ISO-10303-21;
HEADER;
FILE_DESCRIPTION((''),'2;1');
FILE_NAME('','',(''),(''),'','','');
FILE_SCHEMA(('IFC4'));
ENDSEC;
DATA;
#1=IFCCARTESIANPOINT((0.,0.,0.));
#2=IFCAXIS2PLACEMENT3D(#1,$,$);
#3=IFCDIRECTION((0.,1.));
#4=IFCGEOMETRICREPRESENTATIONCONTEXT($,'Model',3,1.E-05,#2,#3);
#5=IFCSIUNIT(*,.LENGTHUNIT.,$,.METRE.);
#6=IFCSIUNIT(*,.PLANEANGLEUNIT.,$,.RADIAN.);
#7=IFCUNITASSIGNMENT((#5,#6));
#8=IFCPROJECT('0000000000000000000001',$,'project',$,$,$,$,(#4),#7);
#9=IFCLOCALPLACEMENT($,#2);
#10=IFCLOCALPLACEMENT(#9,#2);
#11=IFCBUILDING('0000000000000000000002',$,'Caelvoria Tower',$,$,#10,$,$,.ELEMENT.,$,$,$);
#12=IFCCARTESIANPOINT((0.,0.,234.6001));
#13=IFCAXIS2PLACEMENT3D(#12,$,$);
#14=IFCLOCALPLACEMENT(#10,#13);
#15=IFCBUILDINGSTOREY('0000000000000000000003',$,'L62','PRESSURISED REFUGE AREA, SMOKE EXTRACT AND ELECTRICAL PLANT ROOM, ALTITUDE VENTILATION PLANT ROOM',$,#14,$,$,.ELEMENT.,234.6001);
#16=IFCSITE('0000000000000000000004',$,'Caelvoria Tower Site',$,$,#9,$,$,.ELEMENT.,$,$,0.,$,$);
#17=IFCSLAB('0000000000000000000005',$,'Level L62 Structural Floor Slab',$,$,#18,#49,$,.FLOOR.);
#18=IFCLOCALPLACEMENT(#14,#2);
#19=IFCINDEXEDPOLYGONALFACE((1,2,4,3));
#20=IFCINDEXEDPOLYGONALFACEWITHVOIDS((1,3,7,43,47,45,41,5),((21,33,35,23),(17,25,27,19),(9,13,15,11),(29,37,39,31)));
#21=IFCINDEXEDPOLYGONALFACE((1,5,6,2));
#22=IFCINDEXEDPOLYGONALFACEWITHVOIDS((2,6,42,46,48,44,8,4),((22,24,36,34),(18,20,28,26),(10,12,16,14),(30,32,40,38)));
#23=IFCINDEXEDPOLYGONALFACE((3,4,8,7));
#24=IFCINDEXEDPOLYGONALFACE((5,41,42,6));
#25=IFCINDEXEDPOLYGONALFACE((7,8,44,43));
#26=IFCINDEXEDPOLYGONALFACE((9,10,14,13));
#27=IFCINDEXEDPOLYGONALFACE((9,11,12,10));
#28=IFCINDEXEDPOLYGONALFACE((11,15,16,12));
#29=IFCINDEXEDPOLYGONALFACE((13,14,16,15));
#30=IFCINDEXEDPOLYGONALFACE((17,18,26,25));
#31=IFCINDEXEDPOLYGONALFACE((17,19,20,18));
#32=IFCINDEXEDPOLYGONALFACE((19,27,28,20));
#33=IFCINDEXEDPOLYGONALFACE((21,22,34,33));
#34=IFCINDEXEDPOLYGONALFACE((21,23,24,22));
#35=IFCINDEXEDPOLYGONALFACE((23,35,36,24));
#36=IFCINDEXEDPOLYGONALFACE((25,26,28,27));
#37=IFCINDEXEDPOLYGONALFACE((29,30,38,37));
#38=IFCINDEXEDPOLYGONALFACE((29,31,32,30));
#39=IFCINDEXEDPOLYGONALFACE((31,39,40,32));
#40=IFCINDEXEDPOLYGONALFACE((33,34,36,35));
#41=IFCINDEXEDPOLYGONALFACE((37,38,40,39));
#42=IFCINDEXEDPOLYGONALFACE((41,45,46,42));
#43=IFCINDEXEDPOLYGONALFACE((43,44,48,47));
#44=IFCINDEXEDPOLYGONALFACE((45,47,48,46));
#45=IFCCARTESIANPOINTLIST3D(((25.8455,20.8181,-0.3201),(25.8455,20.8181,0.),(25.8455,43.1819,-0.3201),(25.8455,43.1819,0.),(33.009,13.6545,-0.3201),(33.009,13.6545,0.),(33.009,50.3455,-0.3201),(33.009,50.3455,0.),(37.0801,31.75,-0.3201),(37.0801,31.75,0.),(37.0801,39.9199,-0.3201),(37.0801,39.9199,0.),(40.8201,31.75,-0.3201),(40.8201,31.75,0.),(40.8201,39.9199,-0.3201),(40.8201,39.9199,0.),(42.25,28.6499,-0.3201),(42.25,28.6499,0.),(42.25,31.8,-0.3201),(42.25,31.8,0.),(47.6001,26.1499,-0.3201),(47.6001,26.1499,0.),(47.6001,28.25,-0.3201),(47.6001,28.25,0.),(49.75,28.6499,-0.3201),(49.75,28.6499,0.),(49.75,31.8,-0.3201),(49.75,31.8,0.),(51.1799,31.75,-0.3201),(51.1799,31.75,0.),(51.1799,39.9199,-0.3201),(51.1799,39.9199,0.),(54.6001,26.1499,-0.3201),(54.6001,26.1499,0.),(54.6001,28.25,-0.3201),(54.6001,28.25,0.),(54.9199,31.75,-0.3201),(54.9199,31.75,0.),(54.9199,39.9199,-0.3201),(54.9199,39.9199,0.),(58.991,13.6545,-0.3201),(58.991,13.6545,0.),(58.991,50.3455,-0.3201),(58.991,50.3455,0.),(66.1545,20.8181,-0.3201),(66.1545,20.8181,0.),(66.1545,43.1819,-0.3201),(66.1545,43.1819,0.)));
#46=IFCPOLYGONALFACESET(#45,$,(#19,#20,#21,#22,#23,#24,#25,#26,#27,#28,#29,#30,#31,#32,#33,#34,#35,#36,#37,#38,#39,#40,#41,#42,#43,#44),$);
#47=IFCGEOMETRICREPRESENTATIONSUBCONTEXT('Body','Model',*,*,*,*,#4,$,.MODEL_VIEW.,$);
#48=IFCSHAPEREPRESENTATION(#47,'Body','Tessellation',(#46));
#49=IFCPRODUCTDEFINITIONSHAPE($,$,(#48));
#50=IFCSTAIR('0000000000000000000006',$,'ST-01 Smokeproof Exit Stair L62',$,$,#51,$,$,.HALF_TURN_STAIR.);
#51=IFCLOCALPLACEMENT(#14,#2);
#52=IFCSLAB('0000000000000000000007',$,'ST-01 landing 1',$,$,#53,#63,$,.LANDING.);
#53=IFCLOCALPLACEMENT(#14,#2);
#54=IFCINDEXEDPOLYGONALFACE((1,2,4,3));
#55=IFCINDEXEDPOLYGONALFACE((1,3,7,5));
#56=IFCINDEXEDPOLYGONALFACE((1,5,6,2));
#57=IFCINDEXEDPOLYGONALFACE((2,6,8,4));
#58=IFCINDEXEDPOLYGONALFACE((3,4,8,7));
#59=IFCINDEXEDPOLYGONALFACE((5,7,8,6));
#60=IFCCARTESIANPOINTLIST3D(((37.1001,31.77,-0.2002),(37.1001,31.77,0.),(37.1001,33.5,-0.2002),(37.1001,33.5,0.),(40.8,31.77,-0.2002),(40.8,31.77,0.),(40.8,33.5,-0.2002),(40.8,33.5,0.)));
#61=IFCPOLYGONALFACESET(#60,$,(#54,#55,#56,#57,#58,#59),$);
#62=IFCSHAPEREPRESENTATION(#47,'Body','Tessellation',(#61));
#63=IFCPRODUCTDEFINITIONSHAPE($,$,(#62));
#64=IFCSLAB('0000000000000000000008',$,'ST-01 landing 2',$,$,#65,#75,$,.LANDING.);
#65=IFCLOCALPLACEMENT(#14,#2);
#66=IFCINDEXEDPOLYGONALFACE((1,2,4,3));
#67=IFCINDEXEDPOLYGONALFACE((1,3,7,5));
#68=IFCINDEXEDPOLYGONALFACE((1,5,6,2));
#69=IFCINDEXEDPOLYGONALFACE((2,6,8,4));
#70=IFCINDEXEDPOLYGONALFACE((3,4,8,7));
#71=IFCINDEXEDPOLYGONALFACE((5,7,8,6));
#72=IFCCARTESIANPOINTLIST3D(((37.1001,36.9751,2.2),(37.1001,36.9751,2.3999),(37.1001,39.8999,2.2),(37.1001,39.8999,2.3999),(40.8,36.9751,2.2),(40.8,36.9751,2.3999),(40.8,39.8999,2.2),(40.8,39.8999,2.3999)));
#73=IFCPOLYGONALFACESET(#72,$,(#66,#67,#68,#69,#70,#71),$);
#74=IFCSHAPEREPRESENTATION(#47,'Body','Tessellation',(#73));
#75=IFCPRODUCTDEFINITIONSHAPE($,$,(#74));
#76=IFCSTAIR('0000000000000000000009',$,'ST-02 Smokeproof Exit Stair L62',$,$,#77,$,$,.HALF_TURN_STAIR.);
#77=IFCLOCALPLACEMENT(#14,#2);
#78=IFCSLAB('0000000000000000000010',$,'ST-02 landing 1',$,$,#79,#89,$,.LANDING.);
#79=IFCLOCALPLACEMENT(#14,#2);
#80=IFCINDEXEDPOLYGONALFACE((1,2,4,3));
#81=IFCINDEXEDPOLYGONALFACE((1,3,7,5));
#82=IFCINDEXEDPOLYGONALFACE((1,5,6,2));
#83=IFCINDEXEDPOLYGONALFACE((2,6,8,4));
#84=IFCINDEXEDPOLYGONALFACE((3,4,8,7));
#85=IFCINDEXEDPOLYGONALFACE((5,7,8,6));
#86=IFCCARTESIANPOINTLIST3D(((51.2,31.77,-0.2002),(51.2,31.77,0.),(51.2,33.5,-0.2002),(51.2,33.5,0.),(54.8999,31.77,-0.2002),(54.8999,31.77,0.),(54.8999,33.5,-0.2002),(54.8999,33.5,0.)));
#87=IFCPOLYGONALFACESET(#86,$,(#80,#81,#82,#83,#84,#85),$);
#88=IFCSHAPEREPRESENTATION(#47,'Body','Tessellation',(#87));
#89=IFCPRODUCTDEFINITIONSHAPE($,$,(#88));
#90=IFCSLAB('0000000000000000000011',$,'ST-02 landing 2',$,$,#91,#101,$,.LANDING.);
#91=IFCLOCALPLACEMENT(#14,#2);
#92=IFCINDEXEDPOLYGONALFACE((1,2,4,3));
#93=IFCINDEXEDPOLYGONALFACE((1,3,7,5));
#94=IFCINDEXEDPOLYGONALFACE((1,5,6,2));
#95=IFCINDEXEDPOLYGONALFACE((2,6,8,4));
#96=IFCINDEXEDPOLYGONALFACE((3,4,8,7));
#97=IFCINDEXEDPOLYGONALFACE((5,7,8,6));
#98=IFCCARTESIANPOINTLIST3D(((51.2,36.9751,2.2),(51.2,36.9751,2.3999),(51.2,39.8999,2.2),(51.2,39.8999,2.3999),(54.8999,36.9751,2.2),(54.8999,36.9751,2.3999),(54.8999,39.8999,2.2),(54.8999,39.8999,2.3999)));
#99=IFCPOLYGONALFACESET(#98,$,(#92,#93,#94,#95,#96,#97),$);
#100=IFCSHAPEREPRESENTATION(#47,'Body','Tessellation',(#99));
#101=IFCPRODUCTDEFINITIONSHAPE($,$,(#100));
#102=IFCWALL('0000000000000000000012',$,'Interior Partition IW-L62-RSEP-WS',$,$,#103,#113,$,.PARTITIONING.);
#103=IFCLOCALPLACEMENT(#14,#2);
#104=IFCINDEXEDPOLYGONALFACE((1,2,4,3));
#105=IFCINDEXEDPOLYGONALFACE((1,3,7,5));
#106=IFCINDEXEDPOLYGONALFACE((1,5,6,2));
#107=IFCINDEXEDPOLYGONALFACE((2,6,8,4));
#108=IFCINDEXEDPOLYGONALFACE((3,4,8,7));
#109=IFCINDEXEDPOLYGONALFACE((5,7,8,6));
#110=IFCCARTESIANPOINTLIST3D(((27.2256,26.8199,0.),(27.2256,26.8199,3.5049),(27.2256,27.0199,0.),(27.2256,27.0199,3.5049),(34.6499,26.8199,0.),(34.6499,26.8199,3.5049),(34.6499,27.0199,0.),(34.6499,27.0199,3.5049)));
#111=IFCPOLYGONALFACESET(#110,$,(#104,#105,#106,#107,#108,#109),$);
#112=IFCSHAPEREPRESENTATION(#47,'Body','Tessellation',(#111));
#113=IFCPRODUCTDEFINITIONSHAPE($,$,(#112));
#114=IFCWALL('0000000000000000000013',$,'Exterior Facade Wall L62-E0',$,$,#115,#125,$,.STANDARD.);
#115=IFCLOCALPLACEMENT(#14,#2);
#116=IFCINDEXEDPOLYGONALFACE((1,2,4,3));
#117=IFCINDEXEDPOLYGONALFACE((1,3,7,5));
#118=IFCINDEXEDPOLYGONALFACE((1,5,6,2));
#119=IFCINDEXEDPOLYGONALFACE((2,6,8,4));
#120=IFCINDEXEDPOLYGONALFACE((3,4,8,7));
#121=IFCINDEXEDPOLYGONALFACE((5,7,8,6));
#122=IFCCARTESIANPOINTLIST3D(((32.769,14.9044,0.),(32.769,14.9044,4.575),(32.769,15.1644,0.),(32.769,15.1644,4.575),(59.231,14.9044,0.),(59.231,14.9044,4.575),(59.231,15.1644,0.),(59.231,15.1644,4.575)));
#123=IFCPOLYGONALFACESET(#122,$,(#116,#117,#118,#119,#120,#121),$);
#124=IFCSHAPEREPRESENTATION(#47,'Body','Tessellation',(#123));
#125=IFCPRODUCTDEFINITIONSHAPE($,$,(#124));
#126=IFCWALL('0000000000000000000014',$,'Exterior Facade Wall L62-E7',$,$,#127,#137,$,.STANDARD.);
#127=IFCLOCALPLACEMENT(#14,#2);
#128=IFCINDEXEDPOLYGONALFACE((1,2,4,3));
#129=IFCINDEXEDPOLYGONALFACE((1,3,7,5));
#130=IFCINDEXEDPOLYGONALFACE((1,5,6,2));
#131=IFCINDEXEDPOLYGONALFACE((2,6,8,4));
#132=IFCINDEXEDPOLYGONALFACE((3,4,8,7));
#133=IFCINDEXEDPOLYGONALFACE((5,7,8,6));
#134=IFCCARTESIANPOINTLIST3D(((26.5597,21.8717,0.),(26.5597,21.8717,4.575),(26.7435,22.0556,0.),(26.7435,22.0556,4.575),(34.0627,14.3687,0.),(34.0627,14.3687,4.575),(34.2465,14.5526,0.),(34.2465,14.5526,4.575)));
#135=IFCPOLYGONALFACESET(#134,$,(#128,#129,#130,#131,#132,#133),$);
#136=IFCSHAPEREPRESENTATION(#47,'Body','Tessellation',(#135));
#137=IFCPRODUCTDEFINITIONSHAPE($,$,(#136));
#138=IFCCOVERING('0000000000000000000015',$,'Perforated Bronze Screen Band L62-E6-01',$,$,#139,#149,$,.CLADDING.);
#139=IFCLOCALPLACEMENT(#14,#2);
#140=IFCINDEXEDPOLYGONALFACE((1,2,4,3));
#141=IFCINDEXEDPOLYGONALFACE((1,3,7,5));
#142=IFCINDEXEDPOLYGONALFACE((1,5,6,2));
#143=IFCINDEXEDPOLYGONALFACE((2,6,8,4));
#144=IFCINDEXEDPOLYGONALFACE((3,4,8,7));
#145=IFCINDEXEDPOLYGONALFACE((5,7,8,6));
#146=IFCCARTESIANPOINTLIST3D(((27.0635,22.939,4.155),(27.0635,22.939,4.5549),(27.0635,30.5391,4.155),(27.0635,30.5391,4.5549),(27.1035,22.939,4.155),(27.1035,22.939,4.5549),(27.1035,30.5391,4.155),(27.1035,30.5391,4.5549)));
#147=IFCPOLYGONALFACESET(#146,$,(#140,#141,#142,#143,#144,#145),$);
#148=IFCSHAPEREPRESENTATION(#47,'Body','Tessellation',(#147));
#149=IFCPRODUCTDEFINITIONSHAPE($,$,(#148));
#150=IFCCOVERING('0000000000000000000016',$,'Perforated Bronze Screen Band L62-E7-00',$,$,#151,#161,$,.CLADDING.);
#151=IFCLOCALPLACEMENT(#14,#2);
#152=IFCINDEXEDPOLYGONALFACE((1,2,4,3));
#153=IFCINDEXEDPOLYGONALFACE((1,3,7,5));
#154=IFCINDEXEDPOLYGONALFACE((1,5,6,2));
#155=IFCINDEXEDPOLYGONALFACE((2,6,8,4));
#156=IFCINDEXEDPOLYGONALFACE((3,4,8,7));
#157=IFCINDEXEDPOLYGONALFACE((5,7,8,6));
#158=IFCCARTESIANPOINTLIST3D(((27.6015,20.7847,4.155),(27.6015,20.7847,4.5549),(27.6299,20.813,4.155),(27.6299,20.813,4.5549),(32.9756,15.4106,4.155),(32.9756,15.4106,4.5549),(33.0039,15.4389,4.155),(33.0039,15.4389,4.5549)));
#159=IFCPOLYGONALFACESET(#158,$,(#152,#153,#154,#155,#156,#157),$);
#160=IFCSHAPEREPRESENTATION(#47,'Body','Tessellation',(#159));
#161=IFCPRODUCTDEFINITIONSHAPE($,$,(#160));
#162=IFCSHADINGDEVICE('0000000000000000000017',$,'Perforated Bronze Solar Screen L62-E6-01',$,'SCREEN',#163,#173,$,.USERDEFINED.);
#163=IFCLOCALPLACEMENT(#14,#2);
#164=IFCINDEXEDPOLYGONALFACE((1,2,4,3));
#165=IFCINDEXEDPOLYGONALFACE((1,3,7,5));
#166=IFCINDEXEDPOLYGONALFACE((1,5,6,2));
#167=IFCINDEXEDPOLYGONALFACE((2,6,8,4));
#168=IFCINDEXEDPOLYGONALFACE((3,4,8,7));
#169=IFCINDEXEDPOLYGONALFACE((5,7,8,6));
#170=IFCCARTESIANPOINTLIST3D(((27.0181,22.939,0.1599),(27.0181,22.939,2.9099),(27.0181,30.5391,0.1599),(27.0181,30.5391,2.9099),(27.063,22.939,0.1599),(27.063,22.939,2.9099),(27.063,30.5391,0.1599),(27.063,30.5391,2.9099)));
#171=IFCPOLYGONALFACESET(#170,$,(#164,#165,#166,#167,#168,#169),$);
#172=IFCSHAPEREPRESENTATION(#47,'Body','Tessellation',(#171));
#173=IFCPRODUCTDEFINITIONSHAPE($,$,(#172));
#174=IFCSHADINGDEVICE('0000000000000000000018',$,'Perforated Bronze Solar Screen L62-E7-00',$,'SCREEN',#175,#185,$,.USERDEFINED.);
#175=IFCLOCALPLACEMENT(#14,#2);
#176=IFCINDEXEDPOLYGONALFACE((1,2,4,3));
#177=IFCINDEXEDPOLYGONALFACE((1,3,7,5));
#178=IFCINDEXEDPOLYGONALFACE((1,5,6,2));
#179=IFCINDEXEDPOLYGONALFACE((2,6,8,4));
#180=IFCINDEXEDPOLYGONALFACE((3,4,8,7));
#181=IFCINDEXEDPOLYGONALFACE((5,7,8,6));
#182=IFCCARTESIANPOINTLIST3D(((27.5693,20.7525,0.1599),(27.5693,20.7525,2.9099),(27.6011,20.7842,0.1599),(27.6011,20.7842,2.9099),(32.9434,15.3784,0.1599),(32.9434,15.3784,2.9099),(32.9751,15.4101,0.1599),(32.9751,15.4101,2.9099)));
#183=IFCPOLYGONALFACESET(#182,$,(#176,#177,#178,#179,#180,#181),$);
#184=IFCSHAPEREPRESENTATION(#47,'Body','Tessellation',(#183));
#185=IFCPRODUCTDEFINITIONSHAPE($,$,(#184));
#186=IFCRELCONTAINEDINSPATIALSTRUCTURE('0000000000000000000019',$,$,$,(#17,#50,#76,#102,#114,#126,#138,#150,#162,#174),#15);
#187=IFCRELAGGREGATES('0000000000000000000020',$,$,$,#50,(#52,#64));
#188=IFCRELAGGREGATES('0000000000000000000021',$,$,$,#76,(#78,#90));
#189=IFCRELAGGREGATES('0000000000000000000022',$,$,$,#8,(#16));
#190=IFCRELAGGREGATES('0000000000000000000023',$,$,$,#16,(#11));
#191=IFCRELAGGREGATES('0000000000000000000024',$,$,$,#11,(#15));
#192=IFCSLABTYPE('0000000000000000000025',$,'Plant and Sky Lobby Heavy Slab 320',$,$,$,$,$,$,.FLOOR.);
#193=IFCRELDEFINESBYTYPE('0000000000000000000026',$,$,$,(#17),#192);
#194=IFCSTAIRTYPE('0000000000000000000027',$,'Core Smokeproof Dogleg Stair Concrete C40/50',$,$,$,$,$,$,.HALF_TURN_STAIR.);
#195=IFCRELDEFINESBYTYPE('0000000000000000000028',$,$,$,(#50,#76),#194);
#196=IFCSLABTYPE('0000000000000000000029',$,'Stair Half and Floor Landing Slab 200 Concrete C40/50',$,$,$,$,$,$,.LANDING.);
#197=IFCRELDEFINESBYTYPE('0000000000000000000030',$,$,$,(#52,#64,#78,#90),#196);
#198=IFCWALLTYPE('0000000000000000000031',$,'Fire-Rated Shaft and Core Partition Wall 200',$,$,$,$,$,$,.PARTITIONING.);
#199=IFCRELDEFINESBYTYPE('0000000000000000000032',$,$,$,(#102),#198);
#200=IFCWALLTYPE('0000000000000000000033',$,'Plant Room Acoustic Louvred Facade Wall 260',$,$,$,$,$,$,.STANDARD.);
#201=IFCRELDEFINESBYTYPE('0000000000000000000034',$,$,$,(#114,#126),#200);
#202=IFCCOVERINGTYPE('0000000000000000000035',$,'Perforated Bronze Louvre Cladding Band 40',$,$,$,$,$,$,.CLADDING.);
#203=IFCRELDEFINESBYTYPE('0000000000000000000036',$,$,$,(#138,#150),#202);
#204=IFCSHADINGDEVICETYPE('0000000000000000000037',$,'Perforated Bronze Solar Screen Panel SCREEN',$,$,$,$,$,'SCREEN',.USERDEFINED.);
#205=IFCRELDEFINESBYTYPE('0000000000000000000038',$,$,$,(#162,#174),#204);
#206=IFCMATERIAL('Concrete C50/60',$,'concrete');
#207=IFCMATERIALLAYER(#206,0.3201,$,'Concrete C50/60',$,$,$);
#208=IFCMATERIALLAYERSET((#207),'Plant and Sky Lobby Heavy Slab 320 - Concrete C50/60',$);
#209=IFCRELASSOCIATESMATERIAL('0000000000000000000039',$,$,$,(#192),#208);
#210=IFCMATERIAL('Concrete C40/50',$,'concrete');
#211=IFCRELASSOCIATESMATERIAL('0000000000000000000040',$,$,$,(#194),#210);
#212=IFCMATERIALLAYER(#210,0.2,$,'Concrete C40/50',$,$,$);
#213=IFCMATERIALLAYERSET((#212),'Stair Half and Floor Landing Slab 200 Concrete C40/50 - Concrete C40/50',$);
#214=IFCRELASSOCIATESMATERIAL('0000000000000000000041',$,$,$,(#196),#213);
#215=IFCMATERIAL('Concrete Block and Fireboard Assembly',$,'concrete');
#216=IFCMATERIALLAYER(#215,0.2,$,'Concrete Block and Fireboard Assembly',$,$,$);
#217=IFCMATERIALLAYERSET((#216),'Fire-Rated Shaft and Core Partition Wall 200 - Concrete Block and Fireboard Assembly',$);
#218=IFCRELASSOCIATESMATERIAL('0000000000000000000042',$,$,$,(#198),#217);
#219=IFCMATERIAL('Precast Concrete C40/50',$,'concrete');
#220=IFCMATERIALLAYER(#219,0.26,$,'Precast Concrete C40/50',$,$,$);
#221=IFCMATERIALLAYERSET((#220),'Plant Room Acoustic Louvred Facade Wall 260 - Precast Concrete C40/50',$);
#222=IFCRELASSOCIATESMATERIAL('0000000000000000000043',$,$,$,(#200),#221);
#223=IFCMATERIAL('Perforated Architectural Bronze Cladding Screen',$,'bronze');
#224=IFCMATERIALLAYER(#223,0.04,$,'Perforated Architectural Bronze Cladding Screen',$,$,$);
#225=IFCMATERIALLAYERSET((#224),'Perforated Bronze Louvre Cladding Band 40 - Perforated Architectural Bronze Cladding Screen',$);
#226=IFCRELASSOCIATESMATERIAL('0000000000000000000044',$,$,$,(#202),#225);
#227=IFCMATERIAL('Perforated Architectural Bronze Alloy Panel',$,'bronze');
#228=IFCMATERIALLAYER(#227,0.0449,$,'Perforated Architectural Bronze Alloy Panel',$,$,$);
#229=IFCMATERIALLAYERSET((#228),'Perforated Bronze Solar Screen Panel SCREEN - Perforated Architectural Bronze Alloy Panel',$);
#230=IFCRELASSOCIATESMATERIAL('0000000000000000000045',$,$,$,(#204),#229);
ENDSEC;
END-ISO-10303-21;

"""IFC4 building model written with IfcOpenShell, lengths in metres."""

from ifc_helpers import new_model, si_unit, direction, frame, frame_2d, origin, origin_2d, place, context, subcontext, project, spatial, polyline, rectangle, outline, extrude, material, layer, layer_set, type_object, element, aggregate, save


model = new_model("IFC4")

# Units and contexts
model_context = context("Model", 3, precision=1e-05, world=origin(), true_north=direction((0.0, 1.0)))
body_context = subcontext(model_context, "Body", "Model", "MODEL_VIEW")
ifc_project = project(units=[si_unit("LENGTHUNIT", "METRE"), si_unit("PLANEANGLEUNIT", "RADIAN")], contexts=[model_context])

# Site, building, storey
site_placement = place(None, origin())
site = spatial("IfcSite", under=ifc_project, at=site_placement, Name="Caelvoria Tower Site", CompositionType="ELEMENT", RefElevation=0.0)
building_placement = place(site_placement, origin())
building = spatial("IfcBuilding", under=site, at=building_placement, Name="Caelvoria Tower", CompositionType="ELEMENT")
storey_placement = place(building_placement, frame((0.0, 0.0, 234.6001)))
storey = spatial("IfcBuildingStorey", under=building, at=storey_placement, Name="L62", Description="PRESSURISED REFUGE AREA, SMOKE EXTRACT AND ELECTRICAL PLANT ROOM, ALTITUDE VENTILATION PLANT ROOM", CompositionType="ELEMENT", Elevation=234.6001)

# Slab
ifc_material_1 = material(Name="Concrete C50/60", Category="concrete")
ifc_layer_1 = layer(ifc_material_1, 0.3201, Name="Concrete C50/60")
ifc_layer_set_1 = layer_set([ifc_layer_1], Name="Plant and Sky Lobby Heavy Slab 320 - Concrete C50/60")
slab_type_1 = type_object("IfcSlabType", Name="Plant and Sky Lobby Heavy Slab 320", PredefinedType="FLOOR", material=ifc_layer_set_1)
slab_1_placement = place(storey_placement, frame((0.0, 0.0, -0.3201)))
element("IfcSlab", 1, at=slab_1_placement, inside=storey, type_object=slab_type_1, Name="Level L62 Structural Floor Slab", PredefinedType="FLOOR", context=body_context, shape_type="SweptSolid", body=[
    extrude(outline(polyline([(33.009, 13.6545), (58.991, 13.6545), (66.1545, 20.8181), (66.1545, 43.1819), (58.991, 50.3455), (33.009, 50.3455), (25.8455, 43.1819), (25.8455, 20.8181), (33.009, 13.6545)]), holes=[polyline([(37.0801, 31.75), (40.8201, 31.75), (40.8201, 39.9199), (37.0801, 39.9199), (37.0801, 31.75)]), polyline([(51.1799, 31.75), (54.9199, 31.75), (54.9199, 39.9199), (51.1799, 39.9199), (51.1799, 31.75)]), polyline([(42.25, 28.6499), (49.75, 28.6499), (49.75, 31.8), (42.25, 31.8), (42.25, 28.6499)]), polyline([(47.6001, 26.1499), (54.6001, 26.1499), (54.6001, 28.25), (47.6001, 28.25), (47.6001, 26.1499)])]), origin(), (0.0, 0.0, 1.0), 0.3201),
])

# Stairs, slabs
ifc_material_2 = material(Name="Concrete C40/50", Category="concrete")
stair_type = type_object("IfcStairType", Name="Core Smokeproof Dogleg Stair Concrete C40/50", PredefinedType="HALF_TURN_STAIR", material=ifc_material_2)
stair_1_placement = place(storey_placement, origin())
stair_1 = element("IfcStair", 2, at=stair_1_placement, inside=storey, type_object=stair_type, Name="ST-01 Smokeproof Exit Stair L62", PredefinedType="HALF_TURN_STAIR")
ifc_layer_2 = layer(ifc_material_2, 0.2, Name="Concrete C40/50")
ifc_layer_set_2 = layer_set([ifc_layer_2], Name="Stair Half and Floor Landing Slab 200 Concrete C40/50 - Concrete C40/50")
slab_type_2 = type_object("IfcSlabType", Name="Stair Half and Floor Landing Slab 200 Concrete C40/50", PredefinedType="LANDING", material=ifc_layer_set_2)
slab_2_placement = place(storey_placement, frame((0.0, 0.0, -0.2002)))
slab_2 = element("IfcSlab", 3, at=slab_2_placement, type_object=slab_type_2, Name="ST-01 landing 1", PredefinedType="LANDING", context=body_context, shape_type="SweptSolid", body=[
    extrude(outline(polyline([(37.1001, 31.77), (40.8, 31.77), (40.8, 33.5), (37.1001, 33.5), (37.1001, 31.77)])), origin(), (0.0, 0.0, 1.0), 0.2002),
])
slab_3_placement = place(storey_placement, frame((0.0, 0.0, 2.2)))
slab_3 = element("IfcSlab", 4, at=slab_3_placement, type_object=slab_type_2, Name="ST-01 landing 2", PredefinedType="LANDING", context=body_context, shape_type="SweptSolid", body=[
    extrude(outline(polyline([(37.1001, 36.9751), (40.8, 36.9751), (40.8, 39.8999), (37.1001, 39.8999), (37.1001, 36.9751)])), origin(), (0.0, 0.0, 1.0), 0.2),
])
aggregate(stair_1, [slab_2, slab_3])
stair_2_placement = place(storey_placement, origin())
stair_2 = element("IfcStair", 5, at=stair_2_placement, inside=storey, type_object=stair_type, Name="ST-02 Smokeproof Exit Stair L62", PredefinedType="HALF_TURN_STAIR")
slab_4_placement = place(storey_placement, frame((0.0, 0.0, -0.2002)))
slab_4 = element("IfcSlab", 6, at=slab_4_placement, type_object=slab_type_2, Name="ST-02 landing 1", PredefinedType="LANDING", context=body_context, shape_type="SweptSolid", body=[
    extrude(outline(polyline([(51.2, 31.77), (54.8999, 31.77), (54.8999, 33.5), (51.2, 33.5), (51.2, 31.77)])), origin(), (0.0, 0.0, 1.0), 0.2002),
])
slab_5_placement = place(storey_placement, frame((0.0, 0.0, 2.2)))
slab_5 = element("IfcSlab", 7, at=slab_5_placement, type_object=slab_type_2, Name="ST-02 landing 2", PredefinedType="LANDING", context=body_context, shape_type="SweptSolid", body=[
    extrude(outline(polyline([(51.2, 36.9751), (54.8999, 36.9751), (54.8999, 39.8999), (51.2, 39.8999), (51.2, 36.9751)])), origin(), (0.0, 0.0, 1.0), 0.2),
])
aggregate(stair_2, [slab_4, slab_5])

# Walls
ifc_material_3 = material(Name="Concrete Block and Fireboard Assembly", Category="concrete")
ifc_layer_3 = layer(ifc_material_3, 0.2, Name="Concrete Block and Fireboard Assembly")
ifc_layer_set_3 = layer_set([ifc_layer_3], Name="Fire-Rated Shaft and Core Partition Wall 200 - Concrete Block and Fireboard Assembly")
wall_type_1 = type_object("IfcWallType", Name="Fire-Rated Shaft and Core Partition Wall 200", PredefinedType="PARTITIONING", material=ifc_layer_set_3)
wall_1_placement = place(storey_placement, frame((27.2256, 26.9199, 0.0), z_axis=(0.0, 0.0, 1.0), x_axis=(1.0, 0.0, 0.0)))
element("IfcWall", 8, at=wall_1_placement, inside=storey, type_object=wall_type_1, Name="Interior Partition IW-L62-RSEP-WS", PredefinedType="PARTITIONING", context=body_context, shape_type="SweptSolid", body=[
    extrude(rectangle(XDim=7.4243, YDim=0.2, at=frame_2d((3.7122, 0.0))), origin(), (0.0, 0.0, 1.0), 3.5049),
])
ifc_material_4 = material(Name="Precast Concrete C40/50", Category="concrete")
ifc_layer_4 = layer(ifc_material_4, 0.26, Name="Precast Concrete C40/50")
ifc_layer_set_4 = layer_set([ifc_layer_4], Name="Plant Room Acoustic Louvred Facade Wall 260 - Precast Concrete C40/50")
wall_type_2 = type_object("IfcWallType", Name="Plant Room Acoustic Louvred Facade Wall 260", PredefinedType="STANDARD", material=ifc_layer_set_4)
wall_2_placement = place(storey_placement, frame((32.769, 15.0344, 0.0), z_axis=(0.0, 0.0, 1.0), x_axis=(1.0, 0.0, 0.0)))
element("IfcWall", 9, at=wall_2_placement, inside=storey, type_object=wall_type_2, Name="Exterior Facade Wall L62-E0", PredefinedType="STANDARD", context=body_context, shape_type="SweptSolid", body=[
    extrude(rectangle(XDim=26.4619, YDim=0.26, at=frame_2d((13.231, 0.0))), origin(), (0.0, 0.0, 1.0), 4.575),
])
wall_3_placement = place(storey_placement, frame((26.6516, 21.9636, 0.0), z_axis=(0.0, 0.0, 1.0), x_axis=(0.707107, -0.707107, 0.0)))
element("IfcWall", 10, at=wall_3_placement, inside=storey, type_object=wall_type_2, Name="Exterior Facade Wall L62-E7", PredefinedType="STANDARD", context=body_context, shape_type="SweptSolid", body=[
    extrude(rectangle(XDim=10.6108, YDim=0.26, at=frame_2d((5.3054, 0.0))), origin(), (0.0, 0.0, 1.0), 4.575),
])

# Coverings
ifc_material_5 = material(Name="Perforated Architectural Bronze Cladding Screen", Category="bronze")
ifc_layer_5 = layer(ifc_material_5, 0.04, Name="Perforated Architectural Bronze Cladding Screen")
ifc_layer_set_5 = layer_set([ifc_layer_5], Name="Perforated Bronze Louvre Cladding Band 40 - Perforated Architectural Bronze Cladding Screen")
covering_type = type_object("IfcCoveringType", Name="Perforated Bronze Louvre Cladding Band 40", PredefinedType="CLADDING", material=ifc_layer_set_5)
for number, where, z_axis, x_axis, name in (
    (11, (27.0835, 26.739, 4.155), (0.0, 0.0, 1.0), (0.0, -1.0, 0.0), "Perforated Bronze Screen Band L62-E6-01"),
    (12, (30.3027, 18.1118, 4.155), (0.0, 0.0, 1.0), (0.707107, -0.707107, 0.0), "Perforated Bronze Screen Band L62-E7-00"),
):
    element("IfcCovering", number, at=place(storey_placement, frame(where, z_axis=z_axis, x_axis=x_axis)), inside=storey, type_object=covering_type, Name=name, PredefinedType="CLADDING", context=body_context, shape_type="SweptSolid", body=[
        extrude(rectangle(XDim=7.6001, YDim=0.04, at=origin_2d()), origin(), (0.0, 0.0, 1.0), 0.3999),
    ])

# Shading devices
ifc_material_6 = material(Name="Perforated Architectural Bronze Alloy Panel", Category="bronze")
ifc_layer_6 = layer(ifc_material_6, 0.0449, Name="Perforated Architectural Bronze Alloy Panel")
ifc_layer_set_6 = layer_set([ifc_layer_6], Name="Perforated Bronze Solar Screen Panel SCREEN - Perforated Architectural Bronze Alloy Panel")
shading_device_type = type_object("IfcShadingDeviceType", Name="Perforated Bronze Solar Screen Panel SCREEN", ElementType="SCREEN", PredefinedType="USERDEFINED", material=ifc_layer_set_6)
for number, where, z_axis, x_axis, name in (
    (13, (27.0405, 26.739, 0.1599), (0.0, 0.0, 1.0), (0.0, -1.0, 0.0), "Perforated Bronze Solar Screen L62-E6-01"),
    (14, (30.2722, 18.0813, 0.1599), (0.0, 0.0, 1.0), (0.707107, -0.707107, 0.0), "Perforated Bronze Solar Screen L62-E7-00"),
):
    element("IfcShadingDevice", number, at=place(storey_placement, frame(where, z_axis=z_axis, x_axis=x_axis)), inside=storey, type_object=shading_device_type, Name=name, ObjectType="SCREEN", PredefinedType="USERDEFINED", context=body_context, shape_type="SweptSolid", body=[
        extrude(rectangle(XDim=7.6001, YDim=0.0449, at=origin_2d()), origin(), (0.0, 0.0, 1.0), 2.75),
    ])

save(model, "model.ifc")
